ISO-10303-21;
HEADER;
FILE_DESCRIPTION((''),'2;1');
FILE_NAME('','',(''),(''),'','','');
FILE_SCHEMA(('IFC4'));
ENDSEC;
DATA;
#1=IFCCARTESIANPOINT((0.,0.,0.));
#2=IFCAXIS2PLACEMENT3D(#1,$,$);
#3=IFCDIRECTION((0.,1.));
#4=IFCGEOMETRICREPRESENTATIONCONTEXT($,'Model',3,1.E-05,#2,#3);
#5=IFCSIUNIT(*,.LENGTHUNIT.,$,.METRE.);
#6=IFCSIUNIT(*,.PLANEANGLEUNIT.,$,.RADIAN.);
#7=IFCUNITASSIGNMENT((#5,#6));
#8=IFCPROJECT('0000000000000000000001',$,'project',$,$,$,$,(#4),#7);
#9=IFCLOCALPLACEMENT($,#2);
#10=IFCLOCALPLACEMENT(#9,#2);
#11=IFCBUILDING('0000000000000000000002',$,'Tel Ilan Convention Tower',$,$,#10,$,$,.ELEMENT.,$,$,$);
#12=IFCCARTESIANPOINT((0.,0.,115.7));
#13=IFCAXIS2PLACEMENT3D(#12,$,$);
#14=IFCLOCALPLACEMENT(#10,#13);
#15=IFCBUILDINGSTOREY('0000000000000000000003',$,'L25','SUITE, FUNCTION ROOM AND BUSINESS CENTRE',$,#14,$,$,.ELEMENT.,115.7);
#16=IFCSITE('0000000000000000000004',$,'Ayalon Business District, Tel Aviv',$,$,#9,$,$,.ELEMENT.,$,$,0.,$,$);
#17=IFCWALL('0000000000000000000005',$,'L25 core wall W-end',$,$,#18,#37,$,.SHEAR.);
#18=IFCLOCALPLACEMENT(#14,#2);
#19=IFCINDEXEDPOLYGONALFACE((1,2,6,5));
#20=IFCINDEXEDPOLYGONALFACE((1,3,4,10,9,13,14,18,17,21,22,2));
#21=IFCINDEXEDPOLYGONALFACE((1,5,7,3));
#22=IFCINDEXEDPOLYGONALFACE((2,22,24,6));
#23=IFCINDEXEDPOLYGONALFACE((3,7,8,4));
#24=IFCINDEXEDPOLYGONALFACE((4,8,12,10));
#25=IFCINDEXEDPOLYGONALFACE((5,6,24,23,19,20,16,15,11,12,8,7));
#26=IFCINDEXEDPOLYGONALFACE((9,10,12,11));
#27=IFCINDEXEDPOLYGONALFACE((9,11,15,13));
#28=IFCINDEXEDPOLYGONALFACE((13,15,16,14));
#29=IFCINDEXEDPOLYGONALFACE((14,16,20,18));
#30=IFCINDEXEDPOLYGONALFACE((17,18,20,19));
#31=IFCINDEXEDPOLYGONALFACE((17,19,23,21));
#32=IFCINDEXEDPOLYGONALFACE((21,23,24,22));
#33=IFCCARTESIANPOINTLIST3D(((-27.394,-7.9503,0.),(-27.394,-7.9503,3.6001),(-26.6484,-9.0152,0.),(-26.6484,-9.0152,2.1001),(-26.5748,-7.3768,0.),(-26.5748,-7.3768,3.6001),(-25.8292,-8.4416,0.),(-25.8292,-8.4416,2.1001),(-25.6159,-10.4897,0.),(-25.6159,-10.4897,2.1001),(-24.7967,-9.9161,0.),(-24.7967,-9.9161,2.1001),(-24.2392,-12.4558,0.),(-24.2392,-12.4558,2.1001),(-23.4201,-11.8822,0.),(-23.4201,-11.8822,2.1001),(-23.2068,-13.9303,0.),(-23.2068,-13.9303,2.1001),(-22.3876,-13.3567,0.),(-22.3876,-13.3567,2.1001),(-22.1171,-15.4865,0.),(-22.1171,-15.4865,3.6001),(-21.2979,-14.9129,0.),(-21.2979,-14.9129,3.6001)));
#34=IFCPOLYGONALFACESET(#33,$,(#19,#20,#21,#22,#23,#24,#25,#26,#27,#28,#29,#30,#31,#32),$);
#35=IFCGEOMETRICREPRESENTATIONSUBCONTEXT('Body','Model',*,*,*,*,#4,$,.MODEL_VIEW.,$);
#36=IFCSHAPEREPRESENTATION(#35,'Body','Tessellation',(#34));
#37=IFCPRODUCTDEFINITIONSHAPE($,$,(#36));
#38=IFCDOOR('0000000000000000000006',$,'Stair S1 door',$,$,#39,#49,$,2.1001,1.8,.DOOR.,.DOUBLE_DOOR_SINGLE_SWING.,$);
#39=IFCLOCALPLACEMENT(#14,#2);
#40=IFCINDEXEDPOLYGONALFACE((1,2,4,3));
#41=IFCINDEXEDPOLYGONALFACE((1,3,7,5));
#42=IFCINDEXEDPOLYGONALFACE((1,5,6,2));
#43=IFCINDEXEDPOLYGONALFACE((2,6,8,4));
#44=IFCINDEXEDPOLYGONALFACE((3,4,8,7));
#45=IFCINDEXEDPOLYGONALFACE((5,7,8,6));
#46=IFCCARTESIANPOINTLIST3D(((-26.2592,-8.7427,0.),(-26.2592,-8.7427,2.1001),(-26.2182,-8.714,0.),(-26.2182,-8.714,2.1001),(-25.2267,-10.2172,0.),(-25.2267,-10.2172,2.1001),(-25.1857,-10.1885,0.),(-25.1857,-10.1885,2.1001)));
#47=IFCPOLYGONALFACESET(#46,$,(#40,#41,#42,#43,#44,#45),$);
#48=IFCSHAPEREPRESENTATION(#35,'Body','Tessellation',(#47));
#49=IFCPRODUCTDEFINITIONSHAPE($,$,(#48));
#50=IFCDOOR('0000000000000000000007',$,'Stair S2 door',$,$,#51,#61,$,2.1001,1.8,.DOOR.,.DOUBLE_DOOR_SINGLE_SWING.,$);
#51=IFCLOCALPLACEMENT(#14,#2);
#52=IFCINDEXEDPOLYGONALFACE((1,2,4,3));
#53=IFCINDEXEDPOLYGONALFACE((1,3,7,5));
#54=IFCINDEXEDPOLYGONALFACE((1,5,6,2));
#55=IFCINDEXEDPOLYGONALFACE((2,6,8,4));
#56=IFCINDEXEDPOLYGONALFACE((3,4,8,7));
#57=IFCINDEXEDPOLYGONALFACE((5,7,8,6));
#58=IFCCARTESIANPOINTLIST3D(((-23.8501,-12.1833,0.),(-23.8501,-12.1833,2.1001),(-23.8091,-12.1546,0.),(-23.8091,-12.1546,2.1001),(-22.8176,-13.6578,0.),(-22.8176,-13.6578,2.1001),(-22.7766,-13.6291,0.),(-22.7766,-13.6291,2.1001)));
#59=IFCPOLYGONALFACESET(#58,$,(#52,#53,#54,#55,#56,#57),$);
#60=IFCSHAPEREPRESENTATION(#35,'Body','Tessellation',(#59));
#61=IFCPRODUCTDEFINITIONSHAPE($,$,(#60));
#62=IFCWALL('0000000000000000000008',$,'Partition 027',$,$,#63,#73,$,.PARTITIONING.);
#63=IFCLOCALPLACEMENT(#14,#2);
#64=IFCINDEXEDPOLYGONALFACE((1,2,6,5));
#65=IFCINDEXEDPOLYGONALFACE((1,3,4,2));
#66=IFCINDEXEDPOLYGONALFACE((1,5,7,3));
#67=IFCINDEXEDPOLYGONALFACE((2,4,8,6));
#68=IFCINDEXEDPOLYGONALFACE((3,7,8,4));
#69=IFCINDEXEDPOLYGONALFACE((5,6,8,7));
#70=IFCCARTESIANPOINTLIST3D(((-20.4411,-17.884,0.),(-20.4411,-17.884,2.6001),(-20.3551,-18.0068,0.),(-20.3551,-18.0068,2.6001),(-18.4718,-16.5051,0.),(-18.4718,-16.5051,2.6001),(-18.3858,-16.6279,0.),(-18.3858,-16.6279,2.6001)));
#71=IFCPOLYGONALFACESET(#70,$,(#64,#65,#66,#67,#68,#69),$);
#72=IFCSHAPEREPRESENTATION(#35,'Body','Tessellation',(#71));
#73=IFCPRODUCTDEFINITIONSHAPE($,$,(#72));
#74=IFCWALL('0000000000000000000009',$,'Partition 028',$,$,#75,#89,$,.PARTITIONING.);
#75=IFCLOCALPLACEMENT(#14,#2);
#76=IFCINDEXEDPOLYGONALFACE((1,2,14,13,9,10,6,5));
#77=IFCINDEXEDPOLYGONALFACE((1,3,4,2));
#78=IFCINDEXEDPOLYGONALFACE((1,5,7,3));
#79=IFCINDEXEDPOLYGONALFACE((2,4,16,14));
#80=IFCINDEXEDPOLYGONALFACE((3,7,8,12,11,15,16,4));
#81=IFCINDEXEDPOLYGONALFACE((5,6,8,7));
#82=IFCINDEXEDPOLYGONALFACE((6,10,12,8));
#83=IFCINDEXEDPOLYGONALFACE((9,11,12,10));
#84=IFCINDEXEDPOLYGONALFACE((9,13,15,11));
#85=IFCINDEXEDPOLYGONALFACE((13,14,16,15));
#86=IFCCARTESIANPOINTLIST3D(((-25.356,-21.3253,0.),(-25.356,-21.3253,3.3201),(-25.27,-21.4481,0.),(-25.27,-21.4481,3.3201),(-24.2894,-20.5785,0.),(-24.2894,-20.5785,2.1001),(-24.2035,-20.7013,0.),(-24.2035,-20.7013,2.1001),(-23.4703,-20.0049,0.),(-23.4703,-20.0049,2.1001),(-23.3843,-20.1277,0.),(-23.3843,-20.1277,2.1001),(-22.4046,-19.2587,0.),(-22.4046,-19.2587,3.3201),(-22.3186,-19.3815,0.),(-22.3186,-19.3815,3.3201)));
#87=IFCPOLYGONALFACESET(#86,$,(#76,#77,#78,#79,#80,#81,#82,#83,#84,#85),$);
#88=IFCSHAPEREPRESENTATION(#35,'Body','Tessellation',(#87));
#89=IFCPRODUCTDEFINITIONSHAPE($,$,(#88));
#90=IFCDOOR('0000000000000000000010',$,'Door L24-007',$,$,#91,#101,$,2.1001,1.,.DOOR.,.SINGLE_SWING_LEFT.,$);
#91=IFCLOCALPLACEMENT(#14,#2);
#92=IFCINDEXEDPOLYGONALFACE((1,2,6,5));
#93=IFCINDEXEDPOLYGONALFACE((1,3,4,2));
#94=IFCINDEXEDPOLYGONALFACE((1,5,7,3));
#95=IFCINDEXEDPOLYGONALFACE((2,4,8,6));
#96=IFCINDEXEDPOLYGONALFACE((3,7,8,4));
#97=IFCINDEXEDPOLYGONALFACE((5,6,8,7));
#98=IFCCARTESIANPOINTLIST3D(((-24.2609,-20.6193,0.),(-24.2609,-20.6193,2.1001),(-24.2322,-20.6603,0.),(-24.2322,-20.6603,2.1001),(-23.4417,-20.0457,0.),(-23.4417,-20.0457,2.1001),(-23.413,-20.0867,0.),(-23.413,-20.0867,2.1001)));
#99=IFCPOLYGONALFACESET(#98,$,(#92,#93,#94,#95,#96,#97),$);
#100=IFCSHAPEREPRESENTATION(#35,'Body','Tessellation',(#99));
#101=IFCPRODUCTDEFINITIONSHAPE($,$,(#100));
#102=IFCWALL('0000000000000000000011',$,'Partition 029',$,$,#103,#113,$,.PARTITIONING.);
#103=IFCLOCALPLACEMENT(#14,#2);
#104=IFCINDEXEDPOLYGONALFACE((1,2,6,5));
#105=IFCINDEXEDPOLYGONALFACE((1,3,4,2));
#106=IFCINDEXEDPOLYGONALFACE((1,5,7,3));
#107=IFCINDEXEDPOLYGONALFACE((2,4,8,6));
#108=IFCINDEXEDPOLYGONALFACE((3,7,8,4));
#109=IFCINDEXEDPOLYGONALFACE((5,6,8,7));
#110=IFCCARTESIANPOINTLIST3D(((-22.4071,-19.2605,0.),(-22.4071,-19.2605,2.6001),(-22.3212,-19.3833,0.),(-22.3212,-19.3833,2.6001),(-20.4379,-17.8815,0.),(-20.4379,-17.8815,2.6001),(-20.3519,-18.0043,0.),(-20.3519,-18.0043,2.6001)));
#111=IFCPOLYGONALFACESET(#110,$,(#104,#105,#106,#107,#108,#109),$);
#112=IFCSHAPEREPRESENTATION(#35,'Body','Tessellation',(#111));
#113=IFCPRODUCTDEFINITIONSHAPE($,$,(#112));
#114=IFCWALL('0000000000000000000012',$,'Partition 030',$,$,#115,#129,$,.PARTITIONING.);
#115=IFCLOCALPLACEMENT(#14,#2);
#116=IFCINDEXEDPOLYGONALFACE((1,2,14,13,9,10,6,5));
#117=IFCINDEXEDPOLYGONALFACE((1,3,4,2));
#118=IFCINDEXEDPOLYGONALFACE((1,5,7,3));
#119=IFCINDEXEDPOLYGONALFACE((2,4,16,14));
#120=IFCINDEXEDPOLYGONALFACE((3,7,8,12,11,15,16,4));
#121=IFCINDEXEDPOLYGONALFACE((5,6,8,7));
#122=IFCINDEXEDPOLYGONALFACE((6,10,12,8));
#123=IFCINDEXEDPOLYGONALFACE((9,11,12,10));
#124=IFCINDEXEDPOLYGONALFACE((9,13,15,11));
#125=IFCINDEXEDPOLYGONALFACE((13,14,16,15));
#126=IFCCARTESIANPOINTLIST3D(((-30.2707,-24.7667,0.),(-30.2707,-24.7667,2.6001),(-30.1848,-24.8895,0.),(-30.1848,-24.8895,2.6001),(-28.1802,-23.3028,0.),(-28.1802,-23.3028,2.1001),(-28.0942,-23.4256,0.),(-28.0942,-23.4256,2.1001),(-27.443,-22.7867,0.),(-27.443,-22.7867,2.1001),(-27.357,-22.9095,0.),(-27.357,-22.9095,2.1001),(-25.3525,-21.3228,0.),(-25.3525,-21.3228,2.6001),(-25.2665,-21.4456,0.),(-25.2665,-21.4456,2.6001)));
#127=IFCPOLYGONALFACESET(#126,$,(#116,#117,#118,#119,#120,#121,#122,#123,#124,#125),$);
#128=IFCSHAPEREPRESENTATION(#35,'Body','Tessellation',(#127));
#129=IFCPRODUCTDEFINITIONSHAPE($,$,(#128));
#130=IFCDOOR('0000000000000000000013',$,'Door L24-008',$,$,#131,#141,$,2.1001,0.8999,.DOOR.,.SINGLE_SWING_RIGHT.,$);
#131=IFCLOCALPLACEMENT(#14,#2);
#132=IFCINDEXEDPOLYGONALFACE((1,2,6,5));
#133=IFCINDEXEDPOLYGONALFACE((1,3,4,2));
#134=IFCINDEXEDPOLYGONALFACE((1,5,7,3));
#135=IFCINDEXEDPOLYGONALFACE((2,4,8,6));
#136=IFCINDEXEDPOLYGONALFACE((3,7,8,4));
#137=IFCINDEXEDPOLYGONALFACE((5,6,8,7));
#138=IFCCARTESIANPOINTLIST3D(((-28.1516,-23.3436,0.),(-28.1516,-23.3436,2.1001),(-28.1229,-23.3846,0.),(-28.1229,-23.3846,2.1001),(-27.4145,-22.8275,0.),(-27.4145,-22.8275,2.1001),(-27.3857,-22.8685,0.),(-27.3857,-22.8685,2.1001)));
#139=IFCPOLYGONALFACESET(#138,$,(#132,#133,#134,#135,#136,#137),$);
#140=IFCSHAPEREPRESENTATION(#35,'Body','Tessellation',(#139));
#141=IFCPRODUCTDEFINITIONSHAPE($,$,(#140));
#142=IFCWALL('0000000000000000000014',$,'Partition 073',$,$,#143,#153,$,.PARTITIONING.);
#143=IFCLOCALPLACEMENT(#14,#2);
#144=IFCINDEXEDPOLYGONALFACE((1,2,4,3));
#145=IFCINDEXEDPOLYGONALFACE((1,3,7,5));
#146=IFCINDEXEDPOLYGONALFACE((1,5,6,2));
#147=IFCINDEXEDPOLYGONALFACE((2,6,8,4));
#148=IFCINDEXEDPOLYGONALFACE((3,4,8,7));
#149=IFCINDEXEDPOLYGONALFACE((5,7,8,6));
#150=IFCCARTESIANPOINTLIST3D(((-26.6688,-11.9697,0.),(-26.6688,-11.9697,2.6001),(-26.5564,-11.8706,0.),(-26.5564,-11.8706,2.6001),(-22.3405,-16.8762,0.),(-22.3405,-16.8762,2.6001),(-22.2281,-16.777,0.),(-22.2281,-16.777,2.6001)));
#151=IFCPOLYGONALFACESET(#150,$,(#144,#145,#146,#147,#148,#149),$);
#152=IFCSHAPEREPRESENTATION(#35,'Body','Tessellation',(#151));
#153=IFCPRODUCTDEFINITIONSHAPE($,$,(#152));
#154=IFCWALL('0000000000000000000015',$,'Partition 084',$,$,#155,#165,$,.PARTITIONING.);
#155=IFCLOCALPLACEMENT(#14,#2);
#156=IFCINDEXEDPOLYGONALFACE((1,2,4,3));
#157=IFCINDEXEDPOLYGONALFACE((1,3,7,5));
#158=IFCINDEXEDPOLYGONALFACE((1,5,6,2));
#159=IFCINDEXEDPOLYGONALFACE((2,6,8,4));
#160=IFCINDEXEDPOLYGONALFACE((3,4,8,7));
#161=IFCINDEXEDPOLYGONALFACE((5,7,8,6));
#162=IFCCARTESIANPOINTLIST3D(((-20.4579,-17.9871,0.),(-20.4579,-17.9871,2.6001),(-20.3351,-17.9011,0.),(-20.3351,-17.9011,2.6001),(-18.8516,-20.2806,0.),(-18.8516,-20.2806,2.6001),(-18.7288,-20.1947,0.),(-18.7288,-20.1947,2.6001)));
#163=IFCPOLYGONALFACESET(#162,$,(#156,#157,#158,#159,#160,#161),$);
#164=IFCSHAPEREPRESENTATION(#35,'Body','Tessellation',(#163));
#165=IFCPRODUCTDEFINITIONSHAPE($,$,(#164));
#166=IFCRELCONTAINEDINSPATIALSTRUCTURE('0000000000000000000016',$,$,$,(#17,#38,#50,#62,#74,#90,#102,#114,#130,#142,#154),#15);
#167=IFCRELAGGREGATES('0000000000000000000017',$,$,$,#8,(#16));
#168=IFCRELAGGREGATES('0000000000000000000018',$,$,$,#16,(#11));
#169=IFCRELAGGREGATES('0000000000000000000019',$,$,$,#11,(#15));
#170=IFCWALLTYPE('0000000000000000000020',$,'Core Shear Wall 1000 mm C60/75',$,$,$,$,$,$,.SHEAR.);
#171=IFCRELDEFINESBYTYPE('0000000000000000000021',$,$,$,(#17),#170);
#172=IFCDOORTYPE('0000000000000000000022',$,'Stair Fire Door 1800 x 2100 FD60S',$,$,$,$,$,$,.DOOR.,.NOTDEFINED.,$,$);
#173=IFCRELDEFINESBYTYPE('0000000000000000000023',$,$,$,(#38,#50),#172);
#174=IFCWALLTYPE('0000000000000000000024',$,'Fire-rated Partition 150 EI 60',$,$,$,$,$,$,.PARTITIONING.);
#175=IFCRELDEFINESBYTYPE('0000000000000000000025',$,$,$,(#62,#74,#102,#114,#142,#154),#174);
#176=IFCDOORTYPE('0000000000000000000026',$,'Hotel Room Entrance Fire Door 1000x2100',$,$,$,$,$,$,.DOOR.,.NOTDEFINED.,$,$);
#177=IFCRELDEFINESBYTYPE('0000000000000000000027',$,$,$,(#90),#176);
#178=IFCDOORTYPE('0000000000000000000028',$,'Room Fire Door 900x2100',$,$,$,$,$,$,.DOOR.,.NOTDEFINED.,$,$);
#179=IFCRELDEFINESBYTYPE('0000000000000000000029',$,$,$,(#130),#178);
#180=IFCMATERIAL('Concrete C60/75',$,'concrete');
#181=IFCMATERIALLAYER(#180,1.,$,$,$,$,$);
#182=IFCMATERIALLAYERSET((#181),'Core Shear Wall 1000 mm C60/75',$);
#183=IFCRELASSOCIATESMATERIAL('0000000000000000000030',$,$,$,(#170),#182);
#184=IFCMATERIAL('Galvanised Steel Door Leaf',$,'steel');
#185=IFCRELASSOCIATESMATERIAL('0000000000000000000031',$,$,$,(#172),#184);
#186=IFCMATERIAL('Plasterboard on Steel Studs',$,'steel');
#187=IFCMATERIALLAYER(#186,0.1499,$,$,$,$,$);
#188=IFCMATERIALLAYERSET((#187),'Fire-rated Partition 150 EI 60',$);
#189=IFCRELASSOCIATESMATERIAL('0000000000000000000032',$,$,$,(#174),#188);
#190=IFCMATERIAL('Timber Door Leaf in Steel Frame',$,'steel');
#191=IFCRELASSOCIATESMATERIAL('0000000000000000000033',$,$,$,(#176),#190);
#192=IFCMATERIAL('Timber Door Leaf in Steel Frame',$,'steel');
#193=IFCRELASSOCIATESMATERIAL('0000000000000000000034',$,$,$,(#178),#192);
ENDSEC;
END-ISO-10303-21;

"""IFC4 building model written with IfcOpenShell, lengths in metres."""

from ifc_helpers import new_model, si_unit, direction, frame, frame_2d, origin, place, context, subcontext, project, spatial, polyline, rectangle, outline, extrude, material, layer, layer_set, type_object, element, fill, save


model = new_model("IFC4")

# Units and contexts
model_context = context("Model", 3, precision=1e-05, world=origin(), true_north=direction((0.0, 1.0)))
body_context = subcontext(model_context, "Body", "Model", "MODEL_VIEW")
ifc_project = project(units=[si_unit("LENGTHUNIT", "METRE"), si_unit("PLANEANGLEUNIT", "RADIAN")], contexts=[model_context])

# Site, building, storey
site_placement = place(None, origin())
site = spatial("IfcSite", under=ifc_project, at=site_placement, Name="Ayalon Business District, Tel Aviv", CompositionType="ELEMENT", RefElevation=0.0)
building_placement = place(site_placement, origin())
building = spatial("IfcBuilding", under=site, at=building_placement, Name="Tel Ilan Convention Tower", CompositionType="ELEMENT")
storey_placement = place(building_placement, frame((0.0, 0.0, 115.7)))
storey = spatial("IfcBuildingStorey", under=building, at=storey_placement, Name="L25", Description="SUITE, FUNCTION ROOM AND BUSINESS CENTRE", CompositionType="ELEMENT", Elevation=115.7)

# Wall, openings, doors
ifc_material_1 = material(Name="Concrete C60/75", Category="concrete")
ifc_layer_1 = layer(ifc_material_1, 1.0)
ifc_layer_set_1 = layer_set([ifc_layer_1], Name="Core Shear Wall 1000 mm C60/75")
wall_type_1 = type_object("IfcWallType", Name="Core Shear Wall 1000 mm C60/75", PredefinedType="SHEAR", material=ifc_layer_set_1)
wall_1_placement = place(storey_placement, frame((-21.7075, -15.1997, 0.0), z_axis=(0.0, 0.0, 1.0), x_axis=(-0.573576, 0.819152, 0.0)))
wall_1 = element("IfcWall", 1, at=wall_1_placement, inside=storey, type_object=wall_type_1, Name="L25 core wall W-end", PredefinedType="SHEAR", context=body_context, shape_type="SweptSolid", body=[
    extrude(outline(polyline([(0.0, 0.5), (0.0, -0.5), (9.2, -0.5), (9.2, 0.5), (0.0, 0.5)])), origin(), (0.0, 0.0, 1.0), 3.6001),
])
opening_1_placement = place(wall_1_placement, frame((6.1001, 0.0, 0.0)))
opening_1 = element("IfcOpeningElement", 2, at=opening_1_placement, cuts=wall_1, PredefinedType="OPENING", context=body_context, shape_type="SweptSolid", body=[
    extrude(rectangle(XDim=1.8, YDim=2.1001, at=frame_2d((0.8999, 1.05))), frame((0.0, 0.51, 0.0), z_axis=(0.0, -1.0, 0.0), x_axis=(1.0, 0.0, 0.0)), (0.0, 0.0, 1.0), 1.02),
])
opening_2_placement = place(wall_1_placement, frame((1.8999, 0.0, 0.0)))
opening_2 = element("IfcOpeningElement", 3, at=opening_2_placement, cuts=wall_1, PredefinedType="OPENING", context=body_context, shape_type="SweptSolid", body=[
    extrude(rectangle(XDim=1.8, YDim=2.1001, at=frame_2d((0.8999, 1.05))), frame((0.0, 0.51, 0.0), z_axis=(0.0, -1.0, 0.0), x_axis=(1.0, 0.0, 0.0)), (0.0, 0.0, 1.0), 1.02),
])
ifc_material_2 = material(Name="Galvanised Steel Door Leaf", Category="steel")
door_type_1 = type_object("IfcDoorType", Name="Stair Fire Door 1800 x 2100 FD60S", OperationType="NOTDEFINED", PredefinedType="DOOR", material=ifc_material_2)
door_1_placement = place(opening_1_placement, origin())
door_1 = element("IfcDoor", 4, at=door_1_placement, inside=storey, type_object=door_type_1, Name="Stair S1 door", OperationType="DOUBLE_DOOR_SINGLE_SWING", OverallHeight=2.1001, OverallWidth=1.8, PredefinedType="DOOR", context=body_context, shape_type="SweptSolid", body=[
    extrude(rectangle(XDim=1.8, YDim=2.1001, at=frame_2d((0.8999, 1.05))), frame((0.0, 0.0249, 0.0), z_axis=(0.0, -1.0, 0.0), x_axis=(1.0, 0.0, 0.0)), (0.0, 0.0, 1.0), 0.05),
])
fill(opening_1, door_1)
door_2_placement = place(opening_2_placement, origin())
door_2 = element("IfcDoor", 5, at=door_2_placement, inside=storey, type_object=door_type_1, Name="Stair S2 door", OperationType="DOUBLE_DOOR_SINGLE_SWING", OverallHeight=2.1001, OverallWidth=1.8, PredefinedType="DOOR", context=body_context, shape_type="SweptSolid", body=[
    extrude(rectangle(XDim=1.8, YDim=2.1001, at=frame_2d((0.8999, 1.05))), frame((0.0, 0.0249, 0.0), z_axis=(0.0, -1.0, 0.0), x_axis=(1.0, 0.0, 0.0)), (0.0, 0.0, 1.0), 0.05),
])
fill(opening_2, door_2)

# Wall
ifc_material_3 = material(Name="Plasterboard on Steel Studs", Category="steel")
ifc_layer_2 = layer(ifc_material_3, 0.1499)
ifc_layer_set_2 = layer_set([ifc_layer_2], Name="Fire-rated Partition 150 EI 60")
wall_type_2 = type_object("IfcWallType", Name="Fire-rated Partition 150 EI 60", PredefinedType="PARTITIONING", material=ifc_layer_set_2)
wall_2_placement = place(storey_placement, frame((-18.4287, -16.5664, 0.0), z_axis=(0.0, 0.0, 1.0), x_axis=(-0.819146, -0.573585, 0.0)))
element("IfcWall", 6, at=wall_2_placement, inside=storey, type_object=wall_type_2, Name="Partition 027", PredefinedType="PARTITIONING", context=body_context, shape_type="SweptSolid", body=[
    extrude(rectangle(XDim=2.4041, YDim=0.1499, at=frame_2d((1.2021, 0.0))), origin(), (0.0, 0.0, 1.0), 2.6001),
])

# Wall, opening, door
wall_3_placement = place(storey_placement, frame((-22.3616, -19.3201, 0.0), z_axis=(0.0, 0.0, 1.0), x_axis=(-0.819146, -0.573585, 0.0)))
wall_3 = element("IfcWall", 7, at=wall_3_placement, inside=storey, type_object=wall_type_2, Name="Partition 028", PredefinedType="PARTITIONING", context=body_context, shape_type="SweptSolid", body=[
    extrude(rectangle(XDim=3.603, YDim=0.1499, at=frame_2d((1.8015, 0.0))), origin(), (0.0, 0.0, 1.0), 3.3201),
])
opening_3_placement = place(wall_3_placement, frame((1.301, 0.0, 0.0)))
opening_3 = element("IfcOpeningElement", 8, at=opening_3_placement, cuts=wall_3, PredefinedType="OPENING", context=body_context, shape_type="SweptSolid", body=[
    extrude(rectangle(XDim=1.0, YDim=2.1001, at=frame_2d((0.5, 1.05))), frame((0.0, 0.085, 0.0), z_axis=(0.0, -1.0, 0.0), x_axis=(1.0, 0.0, 0.0)), (0.0, 0.0, 1.0), 0.1699),
])
ifc_material_4 = material(Name="Timber Door Leaf in Steel Frame", Category="steel")
door_type_2 = type_object("IfcDoorType", Name="Hotel Room Entrance Fire Door 1000x2100", OperationType="NOTDEFINED", PredefinedType="DOOR", material=ifc_material_4)
door_3_placement = place(opening_3_placement, origin())
door_3 = element("IfcDoor", 9, at=door_3_placement, inside=storey, type_object=door_type_2, Name="Door L24-007", OperationType="SINGLE_SWING_LEFT", OverallHeight=2.1001, OverallWidth=1.0, PredefinedType="DOOR", context=body_context, shape_type="SweptSolid", body=[
    extrude(rectangle(XDim=1.0, YDim=2.1001, at=frame_2d((0.5, 1.05))), frame((0.0, 0.0249, 0.0), z_axis=(0.0, -1.0, 0.0), x_axis=(1.0, 0.0, 0.0)), (0.0, 0.0, 1.0), 0.05),
])
fill(opening_3, door_3)

# Wall
wall_4_placement = place(storey_placement, frame((-20.3948, -17.9429, 0.0), z_axis=(0.0, 0.0, 1.0), x_axis=(-0.819146, -0.573585, 0.0)))
element("IfcWall", 10, at=wall_4_placement, inside=storey, type_object=wall_type_2, Name="Partition 029", PredefinedType="PARTITIONING", context=body_context, shape_type="SweptSolid", body=[
    extrude(rectangle(XDim=2.4041, YDim=0.1499, at=frame_2d((1.2021, 0.0))), origin(), (0.0, 0.0, 1.0), 2.6001),
])

# Wall, opening, door
wall_5_placement = place(storey_placement, frame((-25.3096, -21.3843, 0.0), z_axis=(0.0, 0.0, 1.0), x_axis=(-0.819146, -0.573585, 0.0)))
wall_5 = element("IfcWall", 11, at=wall_5_placement, inside=storey, type_object=wall_type_2, Name="Partition 030", PredefinedType="PARTITIONING", context=body_context, shape_type="SweptSolid", body=[
    extrude(rectangle(XDim=6.0042, YDim=0.1499, at=frame_2d((3.002, 0.0))), origin(), (0.0, 0.0, 1.0), 2.6001),
])
opening_4_placement = place(wall_5_placement, frame((2.552, 0.0, 0.0)))
opening_4 = element("IfcOpeningElement", 12, at=opening_4_placement, cuts=wall_5, PredefinedType="OPENING", context=body_context, shape_type="SweptSolid", body=[
    extrude(rectangle(XDim=0.8999, YDim=2.1001, at=frame_2d((0.45, 1.05))), frame((0.0, 0.085, 0.0), z_axis=(0.0, -1.0, 0.0), x_axis=(1.0, 0.0, 0.0)), (0.0, 0.0, 1.0), 0.1699),
])
ifc_material_5 = material(Name="Timber Door Leaf in Steel Frame", Category="steel")
door_type_3 = type_object("IfcDoorType", Name="Room Fire Door 900x2100", OperationType="NOTDEFINED", PredefinedType="DOOR", material=ifc_material_5)
door_4_placement = place(opening_4_placement, origin())
door_4 = element("IfcDoor", 13, at=door_4_placement, inside=storey, type_object=door_type_3, Name="Door L24-008", OperationType="SINGLE_SWING_RIGHT", OverallHeight=2.1001, OverallWidth=0.8999, PredefinedType="DOOR", context=body_context, shape_type="SweptSolid", body=[
    extrude(rectangle(XDim=0.8999, YDim=2.1001, at=frame_2d((0.45, 1.05))), frame((0.0, 0.0249, 0.0), z_axis=(0.0, -1.0, 0.0), x_axis=(1.0, 0.0, 0.0)), (0.0, 0.0, 1.0), 0.05),
])
fill(opening_4, door_4)

# Walls
wall_6_placement = place(storey_placement, frame((-22.2842, -16.8267, 0.0), z_axis=(0.0, 0.0, 1.0), x_axis=(-0.661545, 0.749905, 0.0)))
element("IfcWall", 14, at=wall_6_placement, inside=storey, type_object=wall_type_2, Name="Partition 073", PredefinedType="PARTITIONING", context=body_context, shape_type="SweptSolid", body=[
    extrude(rectangle(XDim=6.5427, YDim=0.1499, at=frame_2d((3.2715, 0.0))), origin(), (0.0, 0.0, 1.0), 2.6001),
])
wall_7_placement = place(storey_placement, frame((-18.7903, -20.2375, 0.0), z_axis=(0.0, 0.0, 1.0), x_axis=(-0.57365, 0.819101, 0.0)))
element("IfcWall", 15, at=wall_7_placement, inside=storey, type_object=wall_type_2, Name="Partition 084", PredefinedType="PARTITIONING", context=body_context, shape_type="SweptSolid", body=[
    extrude(rectangle(XDim=2.8, YDim=0.1499, at=frame_2d((1.3999, 0.0))), origin(), (0.0, 0.0, 1.0), 2.6001),
])

save(model, "model.ifc")
